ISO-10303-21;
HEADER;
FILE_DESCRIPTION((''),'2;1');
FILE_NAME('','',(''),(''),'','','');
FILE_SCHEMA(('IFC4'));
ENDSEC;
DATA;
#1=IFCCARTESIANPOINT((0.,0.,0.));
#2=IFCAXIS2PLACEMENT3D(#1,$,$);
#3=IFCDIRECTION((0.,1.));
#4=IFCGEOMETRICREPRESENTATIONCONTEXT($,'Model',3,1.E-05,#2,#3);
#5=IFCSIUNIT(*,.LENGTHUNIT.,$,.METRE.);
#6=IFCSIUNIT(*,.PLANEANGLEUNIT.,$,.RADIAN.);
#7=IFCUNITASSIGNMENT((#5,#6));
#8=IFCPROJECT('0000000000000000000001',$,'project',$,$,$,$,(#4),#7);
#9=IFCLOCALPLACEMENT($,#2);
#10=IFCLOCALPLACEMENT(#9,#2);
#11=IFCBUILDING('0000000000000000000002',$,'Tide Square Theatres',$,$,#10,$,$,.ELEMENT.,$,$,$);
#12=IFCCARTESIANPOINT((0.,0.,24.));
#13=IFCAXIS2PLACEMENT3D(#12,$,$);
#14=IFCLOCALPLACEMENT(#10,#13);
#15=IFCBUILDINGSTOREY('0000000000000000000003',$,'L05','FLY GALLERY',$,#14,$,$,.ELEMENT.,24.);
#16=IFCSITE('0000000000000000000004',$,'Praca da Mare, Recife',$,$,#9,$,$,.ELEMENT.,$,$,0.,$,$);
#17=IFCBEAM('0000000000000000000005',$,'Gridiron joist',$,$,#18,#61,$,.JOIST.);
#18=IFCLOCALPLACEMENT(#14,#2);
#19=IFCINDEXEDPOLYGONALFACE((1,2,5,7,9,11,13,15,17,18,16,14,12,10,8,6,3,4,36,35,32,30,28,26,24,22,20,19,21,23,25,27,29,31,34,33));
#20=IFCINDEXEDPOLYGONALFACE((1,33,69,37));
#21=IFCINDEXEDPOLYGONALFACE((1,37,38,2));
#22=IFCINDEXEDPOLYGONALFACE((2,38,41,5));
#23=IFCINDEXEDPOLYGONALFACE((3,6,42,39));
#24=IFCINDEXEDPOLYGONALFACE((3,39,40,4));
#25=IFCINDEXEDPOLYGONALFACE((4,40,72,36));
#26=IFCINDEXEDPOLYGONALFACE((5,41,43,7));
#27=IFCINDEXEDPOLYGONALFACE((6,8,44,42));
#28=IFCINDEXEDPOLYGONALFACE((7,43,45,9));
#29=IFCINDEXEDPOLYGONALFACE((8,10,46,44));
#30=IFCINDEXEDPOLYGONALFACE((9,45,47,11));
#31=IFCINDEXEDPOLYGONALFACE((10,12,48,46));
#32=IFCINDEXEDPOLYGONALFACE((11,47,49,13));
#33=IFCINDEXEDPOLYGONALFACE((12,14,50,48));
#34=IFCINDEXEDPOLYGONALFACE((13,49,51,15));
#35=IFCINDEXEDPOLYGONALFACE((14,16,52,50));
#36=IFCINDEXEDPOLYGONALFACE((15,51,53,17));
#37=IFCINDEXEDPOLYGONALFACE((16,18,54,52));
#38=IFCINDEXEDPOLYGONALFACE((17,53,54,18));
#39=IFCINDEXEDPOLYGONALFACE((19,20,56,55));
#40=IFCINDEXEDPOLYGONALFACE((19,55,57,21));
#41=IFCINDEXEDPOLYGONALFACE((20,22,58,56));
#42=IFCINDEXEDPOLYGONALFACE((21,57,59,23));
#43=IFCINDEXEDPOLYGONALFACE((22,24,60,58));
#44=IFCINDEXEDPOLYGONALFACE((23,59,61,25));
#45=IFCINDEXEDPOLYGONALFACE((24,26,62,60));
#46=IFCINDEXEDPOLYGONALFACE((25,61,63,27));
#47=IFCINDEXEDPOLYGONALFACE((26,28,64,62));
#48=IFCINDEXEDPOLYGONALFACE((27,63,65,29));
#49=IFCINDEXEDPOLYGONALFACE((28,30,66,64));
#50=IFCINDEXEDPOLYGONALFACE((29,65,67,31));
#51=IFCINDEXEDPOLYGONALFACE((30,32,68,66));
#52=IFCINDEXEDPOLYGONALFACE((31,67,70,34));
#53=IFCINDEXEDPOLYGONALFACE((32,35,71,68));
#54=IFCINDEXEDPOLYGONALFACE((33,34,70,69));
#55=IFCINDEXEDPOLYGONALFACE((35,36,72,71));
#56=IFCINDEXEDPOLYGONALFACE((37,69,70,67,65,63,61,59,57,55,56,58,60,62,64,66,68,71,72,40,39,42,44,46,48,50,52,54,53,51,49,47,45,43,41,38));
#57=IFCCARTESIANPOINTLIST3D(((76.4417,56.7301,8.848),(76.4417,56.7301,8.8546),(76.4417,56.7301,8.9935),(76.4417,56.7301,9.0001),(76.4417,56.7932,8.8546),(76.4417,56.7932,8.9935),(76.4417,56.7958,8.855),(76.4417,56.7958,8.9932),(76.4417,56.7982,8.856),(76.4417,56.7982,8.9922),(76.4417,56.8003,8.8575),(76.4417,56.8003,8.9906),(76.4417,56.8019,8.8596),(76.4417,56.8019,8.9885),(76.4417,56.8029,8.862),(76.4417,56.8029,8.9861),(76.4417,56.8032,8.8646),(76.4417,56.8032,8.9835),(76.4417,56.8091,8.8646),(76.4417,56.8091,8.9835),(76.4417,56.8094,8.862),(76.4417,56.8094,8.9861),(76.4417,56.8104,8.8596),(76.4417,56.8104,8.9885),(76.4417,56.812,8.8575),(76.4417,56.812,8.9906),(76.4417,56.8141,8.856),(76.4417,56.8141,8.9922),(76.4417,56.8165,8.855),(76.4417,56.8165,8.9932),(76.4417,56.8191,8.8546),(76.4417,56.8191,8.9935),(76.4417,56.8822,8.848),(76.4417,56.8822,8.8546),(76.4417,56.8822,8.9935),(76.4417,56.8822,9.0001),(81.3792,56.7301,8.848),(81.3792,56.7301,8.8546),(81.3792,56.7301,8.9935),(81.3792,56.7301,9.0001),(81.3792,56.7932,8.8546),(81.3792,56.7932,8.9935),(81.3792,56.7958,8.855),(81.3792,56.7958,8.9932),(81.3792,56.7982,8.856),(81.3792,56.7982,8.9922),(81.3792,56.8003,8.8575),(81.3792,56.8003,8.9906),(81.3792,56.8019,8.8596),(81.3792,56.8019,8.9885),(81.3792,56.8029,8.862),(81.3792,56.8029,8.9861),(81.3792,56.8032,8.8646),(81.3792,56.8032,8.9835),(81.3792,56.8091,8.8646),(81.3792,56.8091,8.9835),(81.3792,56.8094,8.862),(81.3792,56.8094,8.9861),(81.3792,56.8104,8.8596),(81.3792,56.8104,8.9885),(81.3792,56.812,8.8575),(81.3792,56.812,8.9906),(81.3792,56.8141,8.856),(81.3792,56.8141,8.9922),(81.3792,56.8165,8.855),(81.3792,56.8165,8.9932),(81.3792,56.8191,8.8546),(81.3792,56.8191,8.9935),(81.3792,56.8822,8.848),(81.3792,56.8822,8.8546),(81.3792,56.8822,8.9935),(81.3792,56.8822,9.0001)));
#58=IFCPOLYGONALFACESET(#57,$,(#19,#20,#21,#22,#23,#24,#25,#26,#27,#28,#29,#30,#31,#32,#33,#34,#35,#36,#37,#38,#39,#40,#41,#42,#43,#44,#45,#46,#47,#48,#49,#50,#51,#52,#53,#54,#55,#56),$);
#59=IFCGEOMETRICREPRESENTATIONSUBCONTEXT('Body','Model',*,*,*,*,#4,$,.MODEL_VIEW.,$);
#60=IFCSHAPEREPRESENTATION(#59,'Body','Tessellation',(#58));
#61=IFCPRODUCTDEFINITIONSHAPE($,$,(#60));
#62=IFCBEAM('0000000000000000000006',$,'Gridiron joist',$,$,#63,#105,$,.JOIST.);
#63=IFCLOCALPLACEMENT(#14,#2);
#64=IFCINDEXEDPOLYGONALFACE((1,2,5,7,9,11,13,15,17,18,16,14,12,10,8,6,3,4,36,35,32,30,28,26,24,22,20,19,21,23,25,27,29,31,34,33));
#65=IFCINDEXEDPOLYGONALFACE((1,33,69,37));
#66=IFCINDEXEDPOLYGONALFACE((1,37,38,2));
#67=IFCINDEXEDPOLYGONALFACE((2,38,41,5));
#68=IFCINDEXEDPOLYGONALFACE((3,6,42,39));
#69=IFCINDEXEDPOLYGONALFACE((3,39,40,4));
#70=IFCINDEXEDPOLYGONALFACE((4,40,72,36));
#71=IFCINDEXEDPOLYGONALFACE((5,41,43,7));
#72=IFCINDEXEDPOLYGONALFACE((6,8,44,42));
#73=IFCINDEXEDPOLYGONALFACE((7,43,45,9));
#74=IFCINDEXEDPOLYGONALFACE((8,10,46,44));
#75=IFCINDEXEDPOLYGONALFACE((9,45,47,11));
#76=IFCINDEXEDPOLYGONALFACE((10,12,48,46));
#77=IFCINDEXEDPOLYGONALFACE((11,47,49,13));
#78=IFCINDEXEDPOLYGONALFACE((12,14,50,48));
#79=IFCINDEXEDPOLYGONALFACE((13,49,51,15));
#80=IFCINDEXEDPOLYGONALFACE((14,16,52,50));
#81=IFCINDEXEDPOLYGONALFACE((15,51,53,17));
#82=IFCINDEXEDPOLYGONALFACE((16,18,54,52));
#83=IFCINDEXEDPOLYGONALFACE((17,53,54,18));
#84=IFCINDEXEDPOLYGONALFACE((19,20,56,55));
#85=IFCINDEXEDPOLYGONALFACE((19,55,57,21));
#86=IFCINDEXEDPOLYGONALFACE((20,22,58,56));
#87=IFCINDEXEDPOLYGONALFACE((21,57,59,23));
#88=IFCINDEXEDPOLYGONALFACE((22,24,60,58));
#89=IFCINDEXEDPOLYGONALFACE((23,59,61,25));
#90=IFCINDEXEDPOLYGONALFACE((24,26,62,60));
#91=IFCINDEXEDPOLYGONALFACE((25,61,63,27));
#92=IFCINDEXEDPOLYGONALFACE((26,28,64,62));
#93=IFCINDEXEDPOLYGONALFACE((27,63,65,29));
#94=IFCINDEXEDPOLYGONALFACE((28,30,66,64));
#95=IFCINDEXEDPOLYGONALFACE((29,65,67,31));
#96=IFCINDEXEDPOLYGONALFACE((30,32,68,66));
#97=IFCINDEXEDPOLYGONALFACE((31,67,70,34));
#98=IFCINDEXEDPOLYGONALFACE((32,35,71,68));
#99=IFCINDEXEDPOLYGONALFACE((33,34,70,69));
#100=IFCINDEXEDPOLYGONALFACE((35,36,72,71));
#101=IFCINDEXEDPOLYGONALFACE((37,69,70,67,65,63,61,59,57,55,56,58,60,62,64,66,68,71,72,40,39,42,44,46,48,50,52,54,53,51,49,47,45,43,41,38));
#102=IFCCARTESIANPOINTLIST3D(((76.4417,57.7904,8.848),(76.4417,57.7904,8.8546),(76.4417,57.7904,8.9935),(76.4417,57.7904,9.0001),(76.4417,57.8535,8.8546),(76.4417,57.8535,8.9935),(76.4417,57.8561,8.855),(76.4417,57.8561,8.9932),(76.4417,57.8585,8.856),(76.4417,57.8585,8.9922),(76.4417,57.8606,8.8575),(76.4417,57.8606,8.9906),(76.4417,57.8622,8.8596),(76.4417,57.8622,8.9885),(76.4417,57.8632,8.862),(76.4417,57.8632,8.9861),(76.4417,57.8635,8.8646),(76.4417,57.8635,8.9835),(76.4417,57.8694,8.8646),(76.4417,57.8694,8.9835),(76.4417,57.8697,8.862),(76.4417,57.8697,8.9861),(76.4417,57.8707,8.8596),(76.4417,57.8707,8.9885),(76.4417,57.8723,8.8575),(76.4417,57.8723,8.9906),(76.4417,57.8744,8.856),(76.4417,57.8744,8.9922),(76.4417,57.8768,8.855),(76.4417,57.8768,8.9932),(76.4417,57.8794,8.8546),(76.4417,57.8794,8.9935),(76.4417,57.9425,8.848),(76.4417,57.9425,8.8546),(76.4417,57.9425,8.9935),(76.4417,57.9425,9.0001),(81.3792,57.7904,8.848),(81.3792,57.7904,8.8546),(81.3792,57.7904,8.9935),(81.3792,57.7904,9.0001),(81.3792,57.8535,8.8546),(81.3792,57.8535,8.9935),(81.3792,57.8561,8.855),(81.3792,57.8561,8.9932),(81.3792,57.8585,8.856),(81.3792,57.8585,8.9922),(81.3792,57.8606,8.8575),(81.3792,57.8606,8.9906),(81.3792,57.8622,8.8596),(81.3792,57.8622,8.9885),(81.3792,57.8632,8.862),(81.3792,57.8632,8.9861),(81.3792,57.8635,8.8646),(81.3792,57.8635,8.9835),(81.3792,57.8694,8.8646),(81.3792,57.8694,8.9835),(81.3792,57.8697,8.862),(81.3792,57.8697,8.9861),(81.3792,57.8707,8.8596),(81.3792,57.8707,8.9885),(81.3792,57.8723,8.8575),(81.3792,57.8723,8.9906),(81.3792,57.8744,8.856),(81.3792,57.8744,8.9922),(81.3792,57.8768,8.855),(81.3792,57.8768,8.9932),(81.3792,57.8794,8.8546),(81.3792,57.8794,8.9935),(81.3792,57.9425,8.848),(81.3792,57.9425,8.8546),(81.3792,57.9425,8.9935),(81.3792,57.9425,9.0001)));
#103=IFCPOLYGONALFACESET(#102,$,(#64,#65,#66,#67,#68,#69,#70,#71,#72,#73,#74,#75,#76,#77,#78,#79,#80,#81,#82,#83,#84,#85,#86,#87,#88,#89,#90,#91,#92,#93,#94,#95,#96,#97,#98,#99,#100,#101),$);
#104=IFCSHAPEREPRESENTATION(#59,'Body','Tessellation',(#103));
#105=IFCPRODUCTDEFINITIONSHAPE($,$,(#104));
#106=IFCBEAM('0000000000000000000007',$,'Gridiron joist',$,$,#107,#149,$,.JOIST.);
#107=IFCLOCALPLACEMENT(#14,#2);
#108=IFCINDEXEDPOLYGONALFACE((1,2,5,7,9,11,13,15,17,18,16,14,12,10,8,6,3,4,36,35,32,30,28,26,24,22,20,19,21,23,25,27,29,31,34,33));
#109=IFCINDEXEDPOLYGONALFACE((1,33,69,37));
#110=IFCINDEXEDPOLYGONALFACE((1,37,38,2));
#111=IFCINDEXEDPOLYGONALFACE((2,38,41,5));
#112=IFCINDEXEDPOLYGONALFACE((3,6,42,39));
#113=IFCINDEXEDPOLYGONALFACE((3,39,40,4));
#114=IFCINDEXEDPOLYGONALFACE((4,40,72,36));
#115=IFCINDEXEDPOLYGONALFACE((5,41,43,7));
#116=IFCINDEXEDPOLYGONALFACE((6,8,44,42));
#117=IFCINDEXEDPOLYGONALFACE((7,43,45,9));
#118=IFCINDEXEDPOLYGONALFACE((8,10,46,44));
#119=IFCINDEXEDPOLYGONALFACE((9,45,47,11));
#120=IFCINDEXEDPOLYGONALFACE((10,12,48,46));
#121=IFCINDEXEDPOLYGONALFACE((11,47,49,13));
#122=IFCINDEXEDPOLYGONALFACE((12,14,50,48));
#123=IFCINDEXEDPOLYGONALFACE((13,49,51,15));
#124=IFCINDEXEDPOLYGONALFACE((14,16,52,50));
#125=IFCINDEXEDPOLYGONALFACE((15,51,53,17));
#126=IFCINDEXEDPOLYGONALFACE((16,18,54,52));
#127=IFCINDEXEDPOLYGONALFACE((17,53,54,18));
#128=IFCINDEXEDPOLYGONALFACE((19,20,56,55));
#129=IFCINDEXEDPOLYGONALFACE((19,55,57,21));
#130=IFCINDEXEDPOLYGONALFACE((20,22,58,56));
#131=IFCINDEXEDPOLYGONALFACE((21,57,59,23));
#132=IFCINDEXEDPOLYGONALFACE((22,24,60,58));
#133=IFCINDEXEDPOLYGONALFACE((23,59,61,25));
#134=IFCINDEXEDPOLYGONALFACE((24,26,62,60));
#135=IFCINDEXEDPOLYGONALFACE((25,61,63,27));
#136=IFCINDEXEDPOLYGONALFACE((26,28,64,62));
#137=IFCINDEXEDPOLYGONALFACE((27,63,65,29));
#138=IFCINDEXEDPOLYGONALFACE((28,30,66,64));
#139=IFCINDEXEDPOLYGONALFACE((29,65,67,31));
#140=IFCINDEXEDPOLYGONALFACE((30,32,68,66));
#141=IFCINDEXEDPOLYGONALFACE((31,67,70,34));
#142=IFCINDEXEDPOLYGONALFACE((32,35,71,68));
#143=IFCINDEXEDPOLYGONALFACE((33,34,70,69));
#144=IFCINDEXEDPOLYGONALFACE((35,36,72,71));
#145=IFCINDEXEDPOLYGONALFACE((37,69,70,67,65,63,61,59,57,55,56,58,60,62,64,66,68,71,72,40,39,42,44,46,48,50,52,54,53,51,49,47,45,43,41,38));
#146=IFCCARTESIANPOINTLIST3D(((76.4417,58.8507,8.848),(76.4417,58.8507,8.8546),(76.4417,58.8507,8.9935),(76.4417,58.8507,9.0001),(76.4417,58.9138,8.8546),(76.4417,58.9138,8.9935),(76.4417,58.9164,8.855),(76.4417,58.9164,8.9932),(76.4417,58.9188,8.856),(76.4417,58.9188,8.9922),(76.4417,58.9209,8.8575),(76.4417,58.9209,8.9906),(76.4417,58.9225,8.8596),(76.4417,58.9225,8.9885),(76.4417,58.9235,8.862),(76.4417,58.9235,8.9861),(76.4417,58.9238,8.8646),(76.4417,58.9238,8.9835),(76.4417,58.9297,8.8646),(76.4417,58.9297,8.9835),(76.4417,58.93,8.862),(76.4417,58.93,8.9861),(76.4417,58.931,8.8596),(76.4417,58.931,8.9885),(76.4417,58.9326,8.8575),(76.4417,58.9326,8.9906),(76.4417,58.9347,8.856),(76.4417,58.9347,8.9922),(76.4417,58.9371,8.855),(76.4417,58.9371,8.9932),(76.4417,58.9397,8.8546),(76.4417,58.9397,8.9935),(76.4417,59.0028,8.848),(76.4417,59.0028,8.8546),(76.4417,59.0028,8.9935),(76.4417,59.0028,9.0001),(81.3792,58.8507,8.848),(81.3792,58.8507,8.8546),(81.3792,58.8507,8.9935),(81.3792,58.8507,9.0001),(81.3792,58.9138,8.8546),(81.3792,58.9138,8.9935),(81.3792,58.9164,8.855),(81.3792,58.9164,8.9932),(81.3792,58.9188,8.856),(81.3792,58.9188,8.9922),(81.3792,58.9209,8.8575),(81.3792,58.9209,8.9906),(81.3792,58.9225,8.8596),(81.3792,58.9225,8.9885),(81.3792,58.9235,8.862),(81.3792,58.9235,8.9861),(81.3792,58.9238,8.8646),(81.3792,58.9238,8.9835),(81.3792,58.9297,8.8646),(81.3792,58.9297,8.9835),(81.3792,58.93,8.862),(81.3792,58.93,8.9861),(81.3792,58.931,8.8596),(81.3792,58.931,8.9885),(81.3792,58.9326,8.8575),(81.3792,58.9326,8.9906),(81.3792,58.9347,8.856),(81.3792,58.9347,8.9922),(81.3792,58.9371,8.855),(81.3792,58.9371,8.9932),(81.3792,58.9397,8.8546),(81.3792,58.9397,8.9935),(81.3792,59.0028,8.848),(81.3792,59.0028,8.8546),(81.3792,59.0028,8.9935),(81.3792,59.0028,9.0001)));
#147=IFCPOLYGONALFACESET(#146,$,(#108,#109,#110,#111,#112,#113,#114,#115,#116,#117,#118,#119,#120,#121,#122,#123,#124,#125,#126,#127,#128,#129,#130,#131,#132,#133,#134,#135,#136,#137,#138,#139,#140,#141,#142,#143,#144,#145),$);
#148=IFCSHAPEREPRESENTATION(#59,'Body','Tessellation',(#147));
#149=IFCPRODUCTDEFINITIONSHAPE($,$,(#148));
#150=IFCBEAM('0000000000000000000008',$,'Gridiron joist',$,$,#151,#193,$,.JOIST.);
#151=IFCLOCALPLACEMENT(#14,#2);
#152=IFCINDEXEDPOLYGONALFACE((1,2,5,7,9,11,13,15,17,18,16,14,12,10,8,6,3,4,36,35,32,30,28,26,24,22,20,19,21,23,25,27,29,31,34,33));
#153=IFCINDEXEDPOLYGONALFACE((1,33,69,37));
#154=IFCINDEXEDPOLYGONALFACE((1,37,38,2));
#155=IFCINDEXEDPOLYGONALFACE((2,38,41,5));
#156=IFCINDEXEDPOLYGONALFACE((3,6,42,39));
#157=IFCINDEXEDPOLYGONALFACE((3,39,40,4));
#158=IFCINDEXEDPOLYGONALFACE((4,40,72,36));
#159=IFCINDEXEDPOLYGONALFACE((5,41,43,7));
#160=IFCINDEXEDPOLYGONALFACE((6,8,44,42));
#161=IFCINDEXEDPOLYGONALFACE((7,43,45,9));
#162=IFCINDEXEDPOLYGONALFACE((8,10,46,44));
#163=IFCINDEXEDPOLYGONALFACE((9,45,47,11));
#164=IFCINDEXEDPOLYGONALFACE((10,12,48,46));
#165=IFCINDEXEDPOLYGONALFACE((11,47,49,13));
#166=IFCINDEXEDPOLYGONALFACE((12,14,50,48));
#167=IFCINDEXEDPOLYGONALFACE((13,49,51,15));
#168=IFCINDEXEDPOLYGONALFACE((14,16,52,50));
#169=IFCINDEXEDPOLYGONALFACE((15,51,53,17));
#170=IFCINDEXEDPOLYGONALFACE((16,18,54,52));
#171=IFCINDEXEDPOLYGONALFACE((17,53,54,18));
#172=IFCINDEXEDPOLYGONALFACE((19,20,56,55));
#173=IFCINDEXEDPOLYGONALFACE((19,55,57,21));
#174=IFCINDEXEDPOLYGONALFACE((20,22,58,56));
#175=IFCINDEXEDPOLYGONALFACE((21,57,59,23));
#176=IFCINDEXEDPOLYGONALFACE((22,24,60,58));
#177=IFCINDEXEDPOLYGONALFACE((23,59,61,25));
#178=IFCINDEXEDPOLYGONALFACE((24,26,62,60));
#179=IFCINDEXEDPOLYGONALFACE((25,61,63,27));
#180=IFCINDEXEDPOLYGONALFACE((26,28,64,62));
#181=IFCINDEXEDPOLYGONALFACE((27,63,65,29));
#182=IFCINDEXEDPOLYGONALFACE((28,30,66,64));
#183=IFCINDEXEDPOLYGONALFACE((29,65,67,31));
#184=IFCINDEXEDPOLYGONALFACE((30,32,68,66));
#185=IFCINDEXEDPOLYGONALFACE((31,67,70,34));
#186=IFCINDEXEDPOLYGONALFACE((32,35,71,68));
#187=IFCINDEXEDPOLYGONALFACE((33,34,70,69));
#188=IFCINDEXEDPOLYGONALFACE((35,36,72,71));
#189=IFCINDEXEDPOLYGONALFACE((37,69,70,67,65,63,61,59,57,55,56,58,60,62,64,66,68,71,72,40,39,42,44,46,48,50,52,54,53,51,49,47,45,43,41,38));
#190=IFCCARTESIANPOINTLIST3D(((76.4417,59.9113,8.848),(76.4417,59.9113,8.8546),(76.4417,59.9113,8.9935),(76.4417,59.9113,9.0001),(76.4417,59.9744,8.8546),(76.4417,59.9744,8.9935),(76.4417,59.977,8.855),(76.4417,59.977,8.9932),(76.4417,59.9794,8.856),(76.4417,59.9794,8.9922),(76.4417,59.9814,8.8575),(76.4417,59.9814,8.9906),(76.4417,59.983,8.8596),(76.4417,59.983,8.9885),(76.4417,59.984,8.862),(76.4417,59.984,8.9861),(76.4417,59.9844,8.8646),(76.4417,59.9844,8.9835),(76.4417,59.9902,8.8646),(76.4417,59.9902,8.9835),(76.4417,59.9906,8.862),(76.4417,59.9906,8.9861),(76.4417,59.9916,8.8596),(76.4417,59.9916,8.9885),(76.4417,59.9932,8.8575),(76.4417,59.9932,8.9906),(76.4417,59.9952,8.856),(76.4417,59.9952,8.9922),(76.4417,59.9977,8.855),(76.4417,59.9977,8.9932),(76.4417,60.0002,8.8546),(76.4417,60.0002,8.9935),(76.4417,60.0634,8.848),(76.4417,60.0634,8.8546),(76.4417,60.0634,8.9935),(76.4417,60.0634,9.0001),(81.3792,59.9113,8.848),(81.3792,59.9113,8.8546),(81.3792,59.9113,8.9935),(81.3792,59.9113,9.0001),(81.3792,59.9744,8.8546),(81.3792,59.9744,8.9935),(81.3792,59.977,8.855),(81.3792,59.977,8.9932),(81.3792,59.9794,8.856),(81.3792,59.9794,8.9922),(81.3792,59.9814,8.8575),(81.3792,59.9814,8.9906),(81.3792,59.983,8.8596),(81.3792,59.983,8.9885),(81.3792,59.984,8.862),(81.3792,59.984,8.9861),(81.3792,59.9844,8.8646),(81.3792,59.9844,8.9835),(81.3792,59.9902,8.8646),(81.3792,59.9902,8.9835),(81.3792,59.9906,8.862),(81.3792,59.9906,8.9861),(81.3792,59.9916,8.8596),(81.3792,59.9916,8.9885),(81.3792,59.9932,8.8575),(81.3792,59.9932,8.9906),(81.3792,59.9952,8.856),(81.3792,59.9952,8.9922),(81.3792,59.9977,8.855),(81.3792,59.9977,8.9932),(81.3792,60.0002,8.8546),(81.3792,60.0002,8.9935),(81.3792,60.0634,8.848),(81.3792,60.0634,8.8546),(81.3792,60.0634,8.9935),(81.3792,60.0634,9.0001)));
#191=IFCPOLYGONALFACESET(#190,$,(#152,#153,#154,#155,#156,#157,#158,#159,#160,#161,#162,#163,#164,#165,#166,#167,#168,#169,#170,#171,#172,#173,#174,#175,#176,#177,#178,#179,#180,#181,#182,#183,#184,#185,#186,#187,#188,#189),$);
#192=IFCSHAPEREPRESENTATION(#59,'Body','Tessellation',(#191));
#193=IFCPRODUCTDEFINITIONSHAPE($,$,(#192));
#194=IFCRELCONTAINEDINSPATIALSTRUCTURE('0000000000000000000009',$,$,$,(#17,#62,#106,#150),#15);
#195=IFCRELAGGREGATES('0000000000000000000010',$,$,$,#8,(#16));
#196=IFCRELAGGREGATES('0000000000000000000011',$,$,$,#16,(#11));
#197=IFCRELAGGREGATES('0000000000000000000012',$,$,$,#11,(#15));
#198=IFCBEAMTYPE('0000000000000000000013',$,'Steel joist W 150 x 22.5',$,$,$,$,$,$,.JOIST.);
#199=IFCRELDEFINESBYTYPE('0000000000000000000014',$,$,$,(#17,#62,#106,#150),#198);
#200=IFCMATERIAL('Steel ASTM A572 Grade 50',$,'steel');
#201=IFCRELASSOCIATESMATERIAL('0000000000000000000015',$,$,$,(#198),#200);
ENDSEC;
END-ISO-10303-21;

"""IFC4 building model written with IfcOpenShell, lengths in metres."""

from ifc_helpers import new_model, si_unit, direction, frame, origin, origin_2d, place, context, subcontext, project, spatial, i_section, extrude, material, material_profile, profile_set, type_object, element, save


model = new_model("IFC4")

# Units and contexts
model_context = context("Model", 3, precision=1e-05, world=origin(), true_north=direction((0.0, 1.0)))
body_context = subcontext(model_context, "Body", "Model", "MODEL_VIEW")
ifc_project = project(units=[si_unit("LENGTHUNIT", "METRE"), si_unit("PLANEANGLEUNIT", "RADIAN")], contexts=[model_context])

# Site, building, storey
site_placement = place(None, origin())
site = spatial("IfcSite", under=ifc_project, at=site_placement, Name="Praca da Mare, Recife", CompositionType="ELEMENT", RefElevation=0.0)
building_placement = place(site_placement, origin())
building = spatial("IfcBuilding", under=site, at=building_placement, Name="Tide Square Theatres", CompositionType="ELEMENT")
storey_placement = place(building_placement, frame((0.0, 0.0, 24.0)))
storey = spatial("IfcBuildingStorey", under=building, at=storey_placement, Name="L05", Description="FLY GALLERY", CompositionType="ELEMENT", Elevation=24.0)

# Beams
ifc_material_1 = material(Name="Steel ASTM A572 Grade 50", Category="steel")
ifc_material_profile_1 = material_profile(ifc_material_1, i_section(OverallWidth=0.1521, OverallDepth=0.1521, WebThickness=0.0059, FlangeThickness=0.0066, FilletRadius=0.01, at=origin_2d()))
ifc_profile_set_1 = profile_set([ifc_material_profile_1], Name="Steel ASTM A572 Grade 50")
beam_type_1 = type_object("IfcBeamType", Name="Steel joist W 150 x 22.5", PredefinedType="JOIST", material=ifc_profile_set_1)
for number, where, z_axis, x_axis, name in (
    (1, (76.4417, 56.8062, 8.9241), (1.0, 0.0, 0.0), (0.0, 1.0, 0.0), "Gridiron joist"),
    (2, (76.4417, 57.8665, 8.9241), (1.0, 0.0, 0.0), (0.0, 1.0, 0.0), "Gridiron joist"),
    (3, (76.4417, 58.9268, 8.9241), (1.0, 0.0, 0.0), (0.0, 1.0, 0.0), "Gridiron joist"),
    (4, (76.4417, 59.9873, 8.9241), (1.0, 0.0, 0.0), (0.0, 1.0, 0.0), "Gridiron joist"),
):
    element("IfcBeam", number, at=place(storey_placement, frame(where, z_axis=z_axis, x_axis=x_axis)), inside=storey, type_object=beam_type_1, Name=name, PredefinedType="JOIST", context=body_context, shape_type="SweptSolid", body=[
        extrude(i_section(OverallWidth=0.1521, OverallDepth=0.1521, WebThickness=0.0059, FlangeThickness=0.0066, FilletRadius=0.01, at=origin_2d()), origin(), (0.0, 0.0, 1.0), 4.9375),
    ])

save(model, "model.ifc")
